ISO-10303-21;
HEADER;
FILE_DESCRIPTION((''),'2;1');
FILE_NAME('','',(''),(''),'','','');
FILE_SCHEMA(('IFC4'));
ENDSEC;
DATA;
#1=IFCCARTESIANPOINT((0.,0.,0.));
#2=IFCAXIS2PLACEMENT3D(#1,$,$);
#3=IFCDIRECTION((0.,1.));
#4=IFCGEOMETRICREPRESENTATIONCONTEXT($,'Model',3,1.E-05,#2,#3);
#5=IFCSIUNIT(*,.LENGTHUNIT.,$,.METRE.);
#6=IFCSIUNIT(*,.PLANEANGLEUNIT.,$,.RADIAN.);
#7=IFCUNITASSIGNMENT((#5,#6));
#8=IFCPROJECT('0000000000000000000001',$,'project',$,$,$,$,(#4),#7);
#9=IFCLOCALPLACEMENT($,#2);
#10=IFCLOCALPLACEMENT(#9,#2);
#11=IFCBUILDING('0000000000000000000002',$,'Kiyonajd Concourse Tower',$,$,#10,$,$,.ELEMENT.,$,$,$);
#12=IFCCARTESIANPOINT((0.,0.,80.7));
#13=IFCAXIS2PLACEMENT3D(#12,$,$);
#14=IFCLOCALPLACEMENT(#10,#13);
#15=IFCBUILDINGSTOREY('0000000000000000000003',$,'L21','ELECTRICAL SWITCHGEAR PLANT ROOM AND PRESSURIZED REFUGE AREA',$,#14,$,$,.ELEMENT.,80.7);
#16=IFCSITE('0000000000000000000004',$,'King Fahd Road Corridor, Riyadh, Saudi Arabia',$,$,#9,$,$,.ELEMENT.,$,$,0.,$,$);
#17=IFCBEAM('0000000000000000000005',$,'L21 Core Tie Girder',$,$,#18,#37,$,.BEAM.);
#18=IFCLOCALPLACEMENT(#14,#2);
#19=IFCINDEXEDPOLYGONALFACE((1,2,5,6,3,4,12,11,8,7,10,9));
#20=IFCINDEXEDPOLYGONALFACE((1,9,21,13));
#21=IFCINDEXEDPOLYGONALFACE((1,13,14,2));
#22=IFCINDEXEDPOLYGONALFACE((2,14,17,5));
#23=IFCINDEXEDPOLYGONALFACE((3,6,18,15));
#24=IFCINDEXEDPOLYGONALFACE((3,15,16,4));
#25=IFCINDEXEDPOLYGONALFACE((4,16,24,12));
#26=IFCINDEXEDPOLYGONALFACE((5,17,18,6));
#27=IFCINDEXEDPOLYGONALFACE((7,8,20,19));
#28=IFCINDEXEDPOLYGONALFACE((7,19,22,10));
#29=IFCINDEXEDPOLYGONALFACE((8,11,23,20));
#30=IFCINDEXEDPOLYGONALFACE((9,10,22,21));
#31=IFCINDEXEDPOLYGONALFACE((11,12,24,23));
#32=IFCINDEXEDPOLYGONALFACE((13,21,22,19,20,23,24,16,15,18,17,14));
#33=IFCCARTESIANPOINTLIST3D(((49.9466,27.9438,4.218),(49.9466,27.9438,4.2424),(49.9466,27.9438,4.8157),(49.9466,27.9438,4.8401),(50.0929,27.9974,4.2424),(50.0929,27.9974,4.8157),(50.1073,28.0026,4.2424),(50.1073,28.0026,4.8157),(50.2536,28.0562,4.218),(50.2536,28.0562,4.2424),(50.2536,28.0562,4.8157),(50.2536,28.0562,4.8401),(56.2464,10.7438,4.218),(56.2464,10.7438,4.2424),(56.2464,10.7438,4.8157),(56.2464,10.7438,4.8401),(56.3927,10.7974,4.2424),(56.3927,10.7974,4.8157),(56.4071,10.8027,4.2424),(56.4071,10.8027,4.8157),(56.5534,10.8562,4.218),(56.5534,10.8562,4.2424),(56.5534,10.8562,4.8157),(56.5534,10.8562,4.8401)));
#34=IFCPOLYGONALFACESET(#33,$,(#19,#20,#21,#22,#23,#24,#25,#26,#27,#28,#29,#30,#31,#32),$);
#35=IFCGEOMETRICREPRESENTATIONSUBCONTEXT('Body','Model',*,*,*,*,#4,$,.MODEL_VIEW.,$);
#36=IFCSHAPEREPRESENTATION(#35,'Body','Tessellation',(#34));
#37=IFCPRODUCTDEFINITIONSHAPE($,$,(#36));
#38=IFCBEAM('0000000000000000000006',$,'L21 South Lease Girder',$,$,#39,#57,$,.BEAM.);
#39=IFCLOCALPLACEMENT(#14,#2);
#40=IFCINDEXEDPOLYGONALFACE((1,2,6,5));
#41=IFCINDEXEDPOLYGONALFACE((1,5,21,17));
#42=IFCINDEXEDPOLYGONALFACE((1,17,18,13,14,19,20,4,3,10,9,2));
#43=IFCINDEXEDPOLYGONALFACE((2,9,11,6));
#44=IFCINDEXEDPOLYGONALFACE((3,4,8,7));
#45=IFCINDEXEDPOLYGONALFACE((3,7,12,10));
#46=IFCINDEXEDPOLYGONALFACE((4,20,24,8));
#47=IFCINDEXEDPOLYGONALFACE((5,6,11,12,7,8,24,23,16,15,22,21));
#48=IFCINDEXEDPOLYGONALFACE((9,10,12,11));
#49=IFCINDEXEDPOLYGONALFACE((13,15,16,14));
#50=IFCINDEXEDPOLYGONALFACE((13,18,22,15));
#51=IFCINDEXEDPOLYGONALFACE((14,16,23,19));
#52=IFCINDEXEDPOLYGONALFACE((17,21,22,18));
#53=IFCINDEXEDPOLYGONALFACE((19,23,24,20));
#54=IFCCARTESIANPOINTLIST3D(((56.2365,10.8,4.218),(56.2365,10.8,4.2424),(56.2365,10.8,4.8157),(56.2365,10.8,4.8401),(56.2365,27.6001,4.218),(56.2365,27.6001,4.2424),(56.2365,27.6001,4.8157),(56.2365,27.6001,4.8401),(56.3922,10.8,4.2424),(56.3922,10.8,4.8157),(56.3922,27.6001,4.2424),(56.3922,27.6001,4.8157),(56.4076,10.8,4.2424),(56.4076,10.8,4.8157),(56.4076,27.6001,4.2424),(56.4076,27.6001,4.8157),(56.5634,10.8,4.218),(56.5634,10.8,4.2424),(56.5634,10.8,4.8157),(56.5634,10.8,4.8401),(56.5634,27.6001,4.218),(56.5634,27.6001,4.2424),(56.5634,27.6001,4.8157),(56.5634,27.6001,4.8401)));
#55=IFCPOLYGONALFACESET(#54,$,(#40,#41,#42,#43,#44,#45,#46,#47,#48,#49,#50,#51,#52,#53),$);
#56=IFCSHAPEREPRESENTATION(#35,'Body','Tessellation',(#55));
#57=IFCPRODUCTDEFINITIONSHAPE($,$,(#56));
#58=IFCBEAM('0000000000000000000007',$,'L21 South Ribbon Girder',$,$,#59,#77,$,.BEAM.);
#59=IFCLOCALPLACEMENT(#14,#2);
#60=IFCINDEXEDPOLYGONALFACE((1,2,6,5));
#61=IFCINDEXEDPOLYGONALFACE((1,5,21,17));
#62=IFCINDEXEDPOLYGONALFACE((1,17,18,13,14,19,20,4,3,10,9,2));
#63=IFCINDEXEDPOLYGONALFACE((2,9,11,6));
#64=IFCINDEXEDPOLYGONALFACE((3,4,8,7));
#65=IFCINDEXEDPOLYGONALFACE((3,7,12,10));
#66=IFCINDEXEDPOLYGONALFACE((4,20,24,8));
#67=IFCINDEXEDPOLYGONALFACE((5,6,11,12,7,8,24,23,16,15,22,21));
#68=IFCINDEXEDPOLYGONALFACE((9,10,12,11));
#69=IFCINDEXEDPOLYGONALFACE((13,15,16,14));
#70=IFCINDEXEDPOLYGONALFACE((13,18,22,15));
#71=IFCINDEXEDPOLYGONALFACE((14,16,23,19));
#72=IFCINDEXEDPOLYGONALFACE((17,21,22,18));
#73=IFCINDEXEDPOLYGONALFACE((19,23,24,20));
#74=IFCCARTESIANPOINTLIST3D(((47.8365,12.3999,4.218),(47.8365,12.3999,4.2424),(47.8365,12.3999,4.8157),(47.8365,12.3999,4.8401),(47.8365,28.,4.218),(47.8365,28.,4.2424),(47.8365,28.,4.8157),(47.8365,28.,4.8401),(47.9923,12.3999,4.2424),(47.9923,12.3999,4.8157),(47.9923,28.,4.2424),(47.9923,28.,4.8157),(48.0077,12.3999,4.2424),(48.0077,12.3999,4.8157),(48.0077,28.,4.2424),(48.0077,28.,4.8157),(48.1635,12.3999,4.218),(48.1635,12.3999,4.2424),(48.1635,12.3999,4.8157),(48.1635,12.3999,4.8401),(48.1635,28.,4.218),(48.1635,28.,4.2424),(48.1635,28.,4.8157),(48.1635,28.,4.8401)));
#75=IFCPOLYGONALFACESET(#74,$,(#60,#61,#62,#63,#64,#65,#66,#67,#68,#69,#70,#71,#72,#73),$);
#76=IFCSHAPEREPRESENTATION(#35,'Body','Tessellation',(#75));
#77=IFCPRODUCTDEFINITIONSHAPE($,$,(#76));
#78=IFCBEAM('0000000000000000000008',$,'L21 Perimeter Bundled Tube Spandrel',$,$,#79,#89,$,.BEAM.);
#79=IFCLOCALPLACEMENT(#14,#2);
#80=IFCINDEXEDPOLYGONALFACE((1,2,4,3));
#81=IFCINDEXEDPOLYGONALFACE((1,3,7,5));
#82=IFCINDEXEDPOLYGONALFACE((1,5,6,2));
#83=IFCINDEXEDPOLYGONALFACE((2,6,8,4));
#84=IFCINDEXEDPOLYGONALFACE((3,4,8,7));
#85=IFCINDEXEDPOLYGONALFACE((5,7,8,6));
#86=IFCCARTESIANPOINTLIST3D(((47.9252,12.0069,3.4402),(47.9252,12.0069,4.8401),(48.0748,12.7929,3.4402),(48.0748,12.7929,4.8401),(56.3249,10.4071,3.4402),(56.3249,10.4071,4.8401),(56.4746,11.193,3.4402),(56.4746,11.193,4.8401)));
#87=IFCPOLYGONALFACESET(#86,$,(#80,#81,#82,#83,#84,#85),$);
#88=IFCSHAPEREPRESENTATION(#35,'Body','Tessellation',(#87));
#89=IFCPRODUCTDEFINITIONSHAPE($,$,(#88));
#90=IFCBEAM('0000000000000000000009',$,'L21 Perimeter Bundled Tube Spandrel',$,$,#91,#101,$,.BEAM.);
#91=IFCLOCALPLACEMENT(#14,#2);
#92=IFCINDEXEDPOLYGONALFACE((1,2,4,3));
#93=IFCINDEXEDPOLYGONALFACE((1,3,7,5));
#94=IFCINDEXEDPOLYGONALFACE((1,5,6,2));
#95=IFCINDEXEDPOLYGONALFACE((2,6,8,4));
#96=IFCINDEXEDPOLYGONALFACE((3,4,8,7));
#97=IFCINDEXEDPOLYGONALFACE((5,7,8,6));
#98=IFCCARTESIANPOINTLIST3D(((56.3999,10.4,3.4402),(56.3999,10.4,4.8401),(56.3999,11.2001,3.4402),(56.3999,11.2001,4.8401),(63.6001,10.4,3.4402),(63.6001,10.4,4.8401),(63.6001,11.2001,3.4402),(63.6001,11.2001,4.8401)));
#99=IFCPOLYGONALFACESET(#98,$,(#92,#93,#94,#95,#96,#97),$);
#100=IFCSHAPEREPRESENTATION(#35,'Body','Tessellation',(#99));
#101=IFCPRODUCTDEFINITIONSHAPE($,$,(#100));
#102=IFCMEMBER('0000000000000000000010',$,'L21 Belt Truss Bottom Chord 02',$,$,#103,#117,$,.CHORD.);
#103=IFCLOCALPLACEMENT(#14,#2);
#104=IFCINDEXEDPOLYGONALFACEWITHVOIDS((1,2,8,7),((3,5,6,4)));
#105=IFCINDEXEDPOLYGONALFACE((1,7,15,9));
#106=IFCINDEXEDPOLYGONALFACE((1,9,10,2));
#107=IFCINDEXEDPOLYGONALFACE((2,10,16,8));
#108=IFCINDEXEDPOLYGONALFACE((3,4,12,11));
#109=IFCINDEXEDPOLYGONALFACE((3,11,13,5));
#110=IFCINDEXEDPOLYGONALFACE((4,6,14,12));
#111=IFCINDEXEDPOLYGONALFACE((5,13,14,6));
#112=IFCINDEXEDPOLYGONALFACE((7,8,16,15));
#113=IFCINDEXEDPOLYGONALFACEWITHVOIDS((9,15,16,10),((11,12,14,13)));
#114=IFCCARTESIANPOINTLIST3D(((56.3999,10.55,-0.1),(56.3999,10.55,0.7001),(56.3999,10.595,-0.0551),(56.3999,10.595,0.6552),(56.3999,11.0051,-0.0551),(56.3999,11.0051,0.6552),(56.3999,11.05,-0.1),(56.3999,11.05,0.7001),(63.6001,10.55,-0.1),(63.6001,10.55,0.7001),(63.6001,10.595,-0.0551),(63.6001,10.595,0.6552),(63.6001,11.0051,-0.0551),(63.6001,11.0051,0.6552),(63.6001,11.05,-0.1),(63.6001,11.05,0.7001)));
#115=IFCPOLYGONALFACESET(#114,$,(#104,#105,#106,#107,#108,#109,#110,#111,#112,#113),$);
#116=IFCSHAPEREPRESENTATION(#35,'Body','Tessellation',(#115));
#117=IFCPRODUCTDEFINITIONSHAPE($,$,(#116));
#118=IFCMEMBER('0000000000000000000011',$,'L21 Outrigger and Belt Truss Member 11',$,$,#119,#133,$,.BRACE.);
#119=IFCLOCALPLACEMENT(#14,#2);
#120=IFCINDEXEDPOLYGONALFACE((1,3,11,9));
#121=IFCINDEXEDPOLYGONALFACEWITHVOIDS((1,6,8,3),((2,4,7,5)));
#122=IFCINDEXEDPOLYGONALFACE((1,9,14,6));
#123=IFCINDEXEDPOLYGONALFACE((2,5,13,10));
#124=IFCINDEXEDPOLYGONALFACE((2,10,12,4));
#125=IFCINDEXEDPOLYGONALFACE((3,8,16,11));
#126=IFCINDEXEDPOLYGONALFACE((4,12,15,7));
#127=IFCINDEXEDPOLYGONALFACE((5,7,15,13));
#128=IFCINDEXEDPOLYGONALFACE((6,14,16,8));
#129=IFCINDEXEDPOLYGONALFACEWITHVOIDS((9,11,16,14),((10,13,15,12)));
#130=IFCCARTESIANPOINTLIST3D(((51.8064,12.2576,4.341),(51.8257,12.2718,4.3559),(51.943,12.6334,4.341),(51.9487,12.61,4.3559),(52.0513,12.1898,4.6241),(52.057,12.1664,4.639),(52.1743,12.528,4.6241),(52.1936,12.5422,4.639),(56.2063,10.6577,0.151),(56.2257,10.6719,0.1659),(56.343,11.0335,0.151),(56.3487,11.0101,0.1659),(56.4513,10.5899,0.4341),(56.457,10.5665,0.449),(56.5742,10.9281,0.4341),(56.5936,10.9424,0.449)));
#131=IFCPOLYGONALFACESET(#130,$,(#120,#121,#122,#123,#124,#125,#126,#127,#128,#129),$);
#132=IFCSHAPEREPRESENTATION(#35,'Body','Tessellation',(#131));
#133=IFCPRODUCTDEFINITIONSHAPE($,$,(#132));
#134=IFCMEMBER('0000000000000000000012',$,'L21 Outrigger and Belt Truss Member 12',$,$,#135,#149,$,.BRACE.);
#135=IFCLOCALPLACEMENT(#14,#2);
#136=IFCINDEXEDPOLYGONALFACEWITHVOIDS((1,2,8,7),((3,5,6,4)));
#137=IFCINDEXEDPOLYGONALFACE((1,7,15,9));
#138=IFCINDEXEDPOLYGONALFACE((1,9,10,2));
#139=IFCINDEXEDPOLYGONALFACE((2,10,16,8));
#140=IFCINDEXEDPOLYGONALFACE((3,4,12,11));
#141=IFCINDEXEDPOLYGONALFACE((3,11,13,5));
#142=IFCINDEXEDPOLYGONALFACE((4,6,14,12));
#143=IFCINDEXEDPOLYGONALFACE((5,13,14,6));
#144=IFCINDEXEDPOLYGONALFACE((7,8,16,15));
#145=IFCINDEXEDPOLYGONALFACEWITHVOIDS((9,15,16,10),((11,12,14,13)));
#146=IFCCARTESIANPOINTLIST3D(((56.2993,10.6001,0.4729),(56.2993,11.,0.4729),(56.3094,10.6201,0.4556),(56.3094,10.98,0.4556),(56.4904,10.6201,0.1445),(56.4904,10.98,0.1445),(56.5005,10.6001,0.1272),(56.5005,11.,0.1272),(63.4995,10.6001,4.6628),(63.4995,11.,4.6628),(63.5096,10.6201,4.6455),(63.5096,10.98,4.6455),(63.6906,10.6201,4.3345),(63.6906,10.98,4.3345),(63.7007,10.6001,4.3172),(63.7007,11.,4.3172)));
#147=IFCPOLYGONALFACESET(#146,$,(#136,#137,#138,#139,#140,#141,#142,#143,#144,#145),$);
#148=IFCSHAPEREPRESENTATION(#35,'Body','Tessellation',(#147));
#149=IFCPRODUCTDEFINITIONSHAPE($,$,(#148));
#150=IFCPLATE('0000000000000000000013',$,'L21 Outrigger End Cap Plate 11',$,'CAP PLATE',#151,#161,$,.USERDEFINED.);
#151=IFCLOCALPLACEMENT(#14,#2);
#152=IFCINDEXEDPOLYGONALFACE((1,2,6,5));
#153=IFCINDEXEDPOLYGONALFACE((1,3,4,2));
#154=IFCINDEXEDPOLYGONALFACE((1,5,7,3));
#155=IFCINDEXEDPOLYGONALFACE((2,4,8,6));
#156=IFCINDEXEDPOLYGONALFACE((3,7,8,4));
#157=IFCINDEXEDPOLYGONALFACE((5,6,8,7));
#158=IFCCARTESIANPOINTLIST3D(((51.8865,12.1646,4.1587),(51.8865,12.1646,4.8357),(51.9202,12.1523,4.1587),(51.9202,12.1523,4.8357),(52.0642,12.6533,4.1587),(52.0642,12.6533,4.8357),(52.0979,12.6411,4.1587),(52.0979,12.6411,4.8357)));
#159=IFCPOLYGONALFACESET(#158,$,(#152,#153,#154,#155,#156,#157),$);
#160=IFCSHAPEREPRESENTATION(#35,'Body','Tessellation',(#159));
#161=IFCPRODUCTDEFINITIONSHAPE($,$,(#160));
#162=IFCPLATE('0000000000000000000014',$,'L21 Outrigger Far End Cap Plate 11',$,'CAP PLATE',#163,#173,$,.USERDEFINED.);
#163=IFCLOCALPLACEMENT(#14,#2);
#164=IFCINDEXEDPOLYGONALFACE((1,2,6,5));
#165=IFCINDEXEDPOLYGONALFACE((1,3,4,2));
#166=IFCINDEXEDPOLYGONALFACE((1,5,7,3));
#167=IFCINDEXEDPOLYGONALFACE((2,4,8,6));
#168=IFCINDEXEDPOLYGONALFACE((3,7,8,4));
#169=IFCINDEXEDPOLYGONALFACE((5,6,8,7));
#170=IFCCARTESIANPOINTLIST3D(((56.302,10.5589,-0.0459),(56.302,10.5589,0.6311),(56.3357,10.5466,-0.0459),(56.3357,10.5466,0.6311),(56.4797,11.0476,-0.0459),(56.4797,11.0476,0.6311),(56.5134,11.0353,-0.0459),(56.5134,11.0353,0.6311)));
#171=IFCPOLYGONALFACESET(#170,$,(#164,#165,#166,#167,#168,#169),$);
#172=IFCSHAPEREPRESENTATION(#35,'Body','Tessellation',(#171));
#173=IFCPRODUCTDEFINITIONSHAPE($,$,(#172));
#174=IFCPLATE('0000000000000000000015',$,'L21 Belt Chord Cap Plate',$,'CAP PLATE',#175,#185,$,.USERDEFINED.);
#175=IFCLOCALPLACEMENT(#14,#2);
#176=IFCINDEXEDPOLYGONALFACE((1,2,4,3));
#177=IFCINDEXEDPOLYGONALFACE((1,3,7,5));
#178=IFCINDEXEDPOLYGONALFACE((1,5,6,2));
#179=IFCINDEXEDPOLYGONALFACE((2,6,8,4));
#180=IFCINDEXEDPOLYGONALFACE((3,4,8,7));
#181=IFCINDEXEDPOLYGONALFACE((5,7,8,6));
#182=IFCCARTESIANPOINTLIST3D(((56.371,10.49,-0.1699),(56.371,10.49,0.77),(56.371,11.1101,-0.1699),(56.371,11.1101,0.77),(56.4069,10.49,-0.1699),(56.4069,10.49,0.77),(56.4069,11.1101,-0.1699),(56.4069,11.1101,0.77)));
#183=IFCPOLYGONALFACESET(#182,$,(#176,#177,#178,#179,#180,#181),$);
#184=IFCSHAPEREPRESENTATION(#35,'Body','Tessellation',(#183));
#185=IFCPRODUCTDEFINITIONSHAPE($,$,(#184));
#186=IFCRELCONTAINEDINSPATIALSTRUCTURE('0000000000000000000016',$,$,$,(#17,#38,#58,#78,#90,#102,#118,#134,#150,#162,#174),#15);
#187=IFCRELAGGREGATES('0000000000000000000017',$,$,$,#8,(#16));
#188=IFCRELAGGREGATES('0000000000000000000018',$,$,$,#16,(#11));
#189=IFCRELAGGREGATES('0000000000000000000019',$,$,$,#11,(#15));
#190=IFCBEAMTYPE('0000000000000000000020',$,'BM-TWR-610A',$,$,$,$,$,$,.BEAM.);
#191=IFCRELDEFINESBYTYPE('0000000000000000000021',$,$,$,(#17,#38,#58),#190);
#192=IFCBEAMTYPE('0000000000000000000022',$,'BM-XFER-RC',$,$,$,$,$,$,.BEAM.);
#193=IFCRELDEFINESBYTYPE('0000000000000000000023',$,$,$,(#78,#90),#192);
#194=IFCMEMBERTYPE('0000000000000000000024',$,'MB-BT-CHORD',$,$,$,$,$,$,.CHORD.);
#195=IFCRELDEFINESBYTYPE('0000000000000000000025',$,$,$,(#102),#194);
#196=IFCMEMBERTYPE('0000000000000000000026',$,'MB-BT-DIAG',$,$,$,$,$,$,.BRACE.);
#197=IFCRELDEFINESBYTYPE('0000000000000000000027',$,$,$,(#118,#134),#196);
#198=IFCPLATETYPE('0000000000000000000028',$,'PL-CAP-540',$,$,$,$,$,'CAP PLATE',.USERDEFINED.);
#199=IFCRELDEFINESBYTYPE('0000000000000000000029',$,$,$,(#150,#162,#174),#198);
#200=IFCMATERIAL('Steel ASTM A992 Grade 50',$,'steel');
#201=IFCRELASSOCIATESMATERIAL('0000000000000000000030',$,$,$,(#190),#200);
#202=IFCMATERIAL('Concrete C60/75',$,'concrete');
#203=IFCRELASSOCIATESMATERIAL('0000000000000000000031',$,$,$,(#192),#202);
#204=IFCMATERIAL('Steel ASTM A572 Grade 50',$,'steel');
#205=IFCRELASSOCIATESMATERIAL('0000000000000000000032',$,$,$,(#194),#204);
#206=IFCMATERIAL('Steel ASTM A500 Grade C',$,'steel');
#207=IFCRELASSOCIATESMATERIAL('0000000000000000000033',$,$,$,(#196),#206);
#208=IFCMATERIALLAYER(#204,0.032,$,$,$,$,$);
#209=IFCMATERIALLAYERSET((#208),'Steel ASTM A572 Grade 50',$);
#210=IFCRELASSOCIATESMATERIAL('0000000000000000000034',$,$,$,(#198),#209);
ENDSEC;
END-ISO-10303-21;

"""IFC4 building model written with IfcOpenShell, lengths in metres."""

from ifc_helpers import new_model, si_unit, direction, frame, origin, origin_2d, place, context, subcontext, project, spatial, rectangle, hollow_rectangle, i_section, extrude, material, layer, layer_set, material_profile, profile_set, type_object, element, save


model = new_model("IFC4")

# Units and contexts
model_context = context("Model", 3, precision=1e-05, world=origin(), true_north=direction((0.0, 1.0)))
body_context = subcontext(model_context, "Body", "Model", "MODEL_VIEW")
ifc_project = project(units=[si_unit("LENGTHUNIT", "METRE"), si_unit("PLANEANGLEUNIT", "RADIAN")], contexts=[model_context])

# Site, building, storey
site_placement = place(None, origin())
site = spatial("IfcSite", under=ifc_project, at=site_placement, Name="King Fahd Road Corridor, Riyadh, Saudi Arabia", CompositionType="ELEMENT", RefElevation=0.0)
building_placement = place(site_placement, origin())
building = spatial("IfcBuilding", under=site, at=building_placement, Name="Kiyonajd Concourse Tower", CompositionType="ELEMENT")
storey_placement = place(building_placement, frame((0.0, 0.0, 80.7)))
storey = spatial("IfcBuildingStorey", under=building, at=storey_placement, Name="L21", Description="ELECTRICAL SWITCHGEAR PLANT ROOM AND PRESSURIZED REFUGE AREA", CompositionType="ELEMENT", Elevation=80.7)

# Shared definitions
ifc_material_1 = material(Name="Concrete C60/75", Category="concrete")

# Beams
ifc_material_2 = material(Name="Steel ASTM A992 Grade 50", Category="steel")
ifc_material_profile_1 = material_profile(ifc_material_2, i_section(OverallWidth=0.3269, OverallDepth=0.6221, WebThickness=0.0154, FlangeThickness=0.0244, at=origin_2d()), Name="W610X195")
ifc_profile_set_1 = profile_set([ifc_material_profile_1], Name="Steel ASTM A992 Grade 50")
beam_type_1 = type_object("IfcBeamType", Name="BM-TWR-610A", PredefinedType="BEAM", material=ifc_profile_set_1)
beam_1_placement = place(storey_placement, frame((50.1001, 28.0, 4.5291), z_axis=(0.343925, -0.938997, 0.0), x_axis=(0.938997, 0.343925, 0.0)))
element("IfcBeam", 1, at=beam_1_placement, inside=storey, type_object=beam_type_1, Name="L21 Core Tie Girder", PredefinedType="BEAM", context=body_context, shape_type="SweptSolid", body=[
    extrude(i_section(OverallWidth=0.3269, OverallDepth=0.6221, WebThickness=0.0154, FlangeThickness=0.0244, at=origin_2d()), origin(), (0.0, 0.0, 1.0), 18.3174),
])
beam_2_placement = place(storey_placement, frame((56.3999, 10.8, 4.5291), z_axis=(0.0, 1.0, 0.0), x_axis=(-1.0, 0.0, 0.0)))
element("IfcBeam", 2, at=beam_2_placement, inside=storey, type_object=beam_type_1, Name="L21 South Lease Girder", PredefinedType="BEAM", context=body_context, shape_type="SweptSolid", body=[
    extrude(i_section(OverallWidth=0.3269, OverallDepth=0.6221, WebThickness=0.0154, FlangeThickness=0.0244, at=origin_2d()), origin(), (0.0, 0.0, 1.0), 16.8),
])
beam_3_placement = place(storey_placement, frame((48.0, 12.3999, 4.5291), z_axis=(0.0, 1.0, 0.0), x_axis=(-1.0, 0.0, 0.0)))
element("IfcBeam", 3, at=beam_3_placement, inside=storey, type_object=beam_type_1, Name="L21 South Ribbon Girder", PredefinedType="BEAM", context=body_context, shape_type="SweptSolid", body=[
    extrude(i_section(OverallWidth=0.3269, OverallDepth=0.6221, WebThickness=0.0154, FlangeThickness=0.0244, at=origin_2d()), origin(), (0.0, 0.0, 1.0), 15.6001),
])
ifc_material_profile_2 = material_profile(ifc_material_1, rectangle(XDim=0.8, YDim=1.3999, at=origin_2d()), Name="RCBM-800x1400")
ifc_profile_set_2 = profile_set([ifc_material_profile_2], Name="Concrete C60/75")
beam_type_2 = type_object("IfcBeamType", Name="BM-XFER-RC", PredefinedType="BEAM", material=ifc_profile_set_2)
beam_4_placement = place(storey_placement, frame((48.0, 12.3999, 4.1401), z_axis=(0.982341, -0.187098, 0.0), x_axis=(0.187098, 0.982341, 0.0)))
element("IfcBeam", 4, at=beam_4_placement, inside=storey, type_object=beam_type_2, Name="L21 Perimeter Bundled Tube Spandrel", PredefinedType="BEAM", context=body_context, shape_type="SweptSolid", body=[
    extrude(rectangle(XDim=0.8, YDim=1.3999, at=origin_2d()), origin(), (0.0, 0.0, 1.0), 8.5508),
])
beam_5_placement = place(storey_placement, frame((56.3999, 10.8, 4.1401), z_axis=(1.0, 0.0, 0.0), x_axis=(0.0, 1.0, 0.0)))
element("IfcBeam", 5, at=beam_5_placement, inside=storey, type_object=beam_type_2, Name="L21 Perimeter Bundled Tube Spandrel", PredefinedType="BEAM", context=body_context, shape_type="SweptSolid", body=[
    extrude(rectangle(XDim=0.8, YDim=1.3999, at=origin_2d()), origin(), (0.0, 0.0, 1.0), 7.2002),
])

# Members
ifc_material_3 = material(Name="Steel ASTM A572 Grade 50", Category="steel")
ifc_material_profile_3 = material_profile(ifc_material_3, hollow_rectangle(XDim=0.5, YDim=0.8, WallThickness=0.0449, at=origin_2d()), Name="BOX-800x500x45")
ifc_profile_set_3 = profile_set([ifc_material_profile_3], Name="Steel ASTM A572 Grade 50")
member_type_1 = type_object("IfcMemberType", Name="MB-BT-CHORD", PredefinedType="CHORD", material=ifc_profile_set_3)
member_1_placement = place(storey_placement, frame((56.3999, 10.8, 0.3), z_axis=(1.0, 0.0, 0.0), x_axis=(0.0, 1.0, 0.0)))
element("IfcMember", 6, at=member_1_placement, inside=storey, type_object=member_type_1, Name="L21 Belt Truss Bottom Chord 02", PredefinedType="CHORD", context=body_context, shape_type="SweptSolid", body=[
    extrude(hollow_rectangle(XDim=0.5, YDim=0.8, WallThickness=0.0449, at=origin_2d()), origin(), (0.0, 0.0, 1.0), 7.2002),
])
ifc_material_4 = material(Name="Steel ASTM A500 Grade C", Category="steel")
ifc_material_profile_4 = material_profile(ifc_material_4, hollow_rectangle(XDim=0.3999, YDim=0.3999, WallThickness=0.02, at=origin_2d()), Name="HSS-400x400x20")
ifc_profile_set_4 = profile_set([ifc_material_profile_4], Name="Steel ASTM A500 Grade C")
member_type_2 = type_object("IfcMemberType", Name="MB-BT-DIAG", PredefinedType="BRACE", material=ifc_profile_set_4)
member_2_placement = place(storey_placement, frame((52.0, 12.3999, 4.49), z_axis=(0.700303, -0.254638, -0.666885), x_axis=(0.341722, 0.939801, 0.0)))
element("IfcMember", 7, at=member_2_placement, inside=storey, type_object=member_type_2, Name="L21 Outrigger and Belt Truss Member 11", PredefinedType="BRACE", context=body_context, shape_type="SweptSolid", body=[
    extrude(hollow_rectangle(XDim=0.3999, YDim=0.3999, WallThickness=0.02, at=origin_2d()), origin(), (0.0, 0.0, 1.0), 6.283),
])
member_3_placement = place(storey_placement, frame((56.3999, 10.8, 0.3), z_axis=(0.86431, 0.0, 0.50296), x_axis=(0.0, 1.0, 0.0)))
element("IfcMember", 8, at=member_3_placement, inside=storey, type_object=member_type_2, Name="L21 Outrigger and Belt Truss Member 12", PredefinedType="BRACE", context=body_context, shape_type="SweptSolid", body=[
    extrude(hollow_rectangle(XDim=0.3999, YDim=0.3999, WallThickness=0.02, at=origin_2d()), origin(), (0.0, 0.0, 1.0), 8.3306),
])

# Plates
ifc_layer_1 = layer(ifc_material_3, 0.032)
ifc_layer_set_1 = layer_set([ifc_layer_1], Name="Steel ASTM A572 Grade 50")
plate_type = type_object("IfcPlateType", Name="PL-CAP-540", ElementType="CAP PLATE", PredefinedType="USERDEFINED", material=ifc_layer_set_1)
for number, where, z_axis, x_axis, name in (
    (9, (51.9922, 12.4028, 4.1587), (0.0, 0.0, 1.0), (-0.939812, 0.341692, 0.0), "L21 Outrigger End Cap Plate 11"),
    (10, (56.4077, 10.7971, -0.0459), (0.0, 0.0, 1.0), (0.939812, -0.341692, 0.0), "L21 Outrigger Far End Cap Plate 11"),
):
    element("IfcPlate", number, at=place(storey_placement, frame(where, z_axis=z_axis, x_axis=x_axis)), inside=storey, type_object=plate_type, Name=name, ObjectType="CAP PLATE", PredefinedType="USERDEFINED", context=body_context, shape_type="SweptSolid", body=[
        extrude(rectangle(XDim=0.0359, YDim=0.52, at=origin_2d()), origin(), (0.0, 0.0, 1.0), 0.677),
    ])
plate_placement = place(storey_placement, frame((56.3889, 10.8, -0.1699), z_axis=(0.0, 0.0, 1.0), x_axis=(-1.0, 0.0, 0.0)))
element("IfcPlate", 11, at=plate_placement, inside=storey, type_object=plate_type, Name="L21 Belt Chord Cap Plate", ObjectType="CAP PLATE", PredefinedType="USERDEFINED", context=body_context, shape_type="SweptSolid", body=[
    extrude(rectangle(XDim=0.0359, YDim=0.6201, at=origin_2d()), origin(), (0.0, 0.0, 1.0), 0.9399),
])

save(model, "model.ifc")
